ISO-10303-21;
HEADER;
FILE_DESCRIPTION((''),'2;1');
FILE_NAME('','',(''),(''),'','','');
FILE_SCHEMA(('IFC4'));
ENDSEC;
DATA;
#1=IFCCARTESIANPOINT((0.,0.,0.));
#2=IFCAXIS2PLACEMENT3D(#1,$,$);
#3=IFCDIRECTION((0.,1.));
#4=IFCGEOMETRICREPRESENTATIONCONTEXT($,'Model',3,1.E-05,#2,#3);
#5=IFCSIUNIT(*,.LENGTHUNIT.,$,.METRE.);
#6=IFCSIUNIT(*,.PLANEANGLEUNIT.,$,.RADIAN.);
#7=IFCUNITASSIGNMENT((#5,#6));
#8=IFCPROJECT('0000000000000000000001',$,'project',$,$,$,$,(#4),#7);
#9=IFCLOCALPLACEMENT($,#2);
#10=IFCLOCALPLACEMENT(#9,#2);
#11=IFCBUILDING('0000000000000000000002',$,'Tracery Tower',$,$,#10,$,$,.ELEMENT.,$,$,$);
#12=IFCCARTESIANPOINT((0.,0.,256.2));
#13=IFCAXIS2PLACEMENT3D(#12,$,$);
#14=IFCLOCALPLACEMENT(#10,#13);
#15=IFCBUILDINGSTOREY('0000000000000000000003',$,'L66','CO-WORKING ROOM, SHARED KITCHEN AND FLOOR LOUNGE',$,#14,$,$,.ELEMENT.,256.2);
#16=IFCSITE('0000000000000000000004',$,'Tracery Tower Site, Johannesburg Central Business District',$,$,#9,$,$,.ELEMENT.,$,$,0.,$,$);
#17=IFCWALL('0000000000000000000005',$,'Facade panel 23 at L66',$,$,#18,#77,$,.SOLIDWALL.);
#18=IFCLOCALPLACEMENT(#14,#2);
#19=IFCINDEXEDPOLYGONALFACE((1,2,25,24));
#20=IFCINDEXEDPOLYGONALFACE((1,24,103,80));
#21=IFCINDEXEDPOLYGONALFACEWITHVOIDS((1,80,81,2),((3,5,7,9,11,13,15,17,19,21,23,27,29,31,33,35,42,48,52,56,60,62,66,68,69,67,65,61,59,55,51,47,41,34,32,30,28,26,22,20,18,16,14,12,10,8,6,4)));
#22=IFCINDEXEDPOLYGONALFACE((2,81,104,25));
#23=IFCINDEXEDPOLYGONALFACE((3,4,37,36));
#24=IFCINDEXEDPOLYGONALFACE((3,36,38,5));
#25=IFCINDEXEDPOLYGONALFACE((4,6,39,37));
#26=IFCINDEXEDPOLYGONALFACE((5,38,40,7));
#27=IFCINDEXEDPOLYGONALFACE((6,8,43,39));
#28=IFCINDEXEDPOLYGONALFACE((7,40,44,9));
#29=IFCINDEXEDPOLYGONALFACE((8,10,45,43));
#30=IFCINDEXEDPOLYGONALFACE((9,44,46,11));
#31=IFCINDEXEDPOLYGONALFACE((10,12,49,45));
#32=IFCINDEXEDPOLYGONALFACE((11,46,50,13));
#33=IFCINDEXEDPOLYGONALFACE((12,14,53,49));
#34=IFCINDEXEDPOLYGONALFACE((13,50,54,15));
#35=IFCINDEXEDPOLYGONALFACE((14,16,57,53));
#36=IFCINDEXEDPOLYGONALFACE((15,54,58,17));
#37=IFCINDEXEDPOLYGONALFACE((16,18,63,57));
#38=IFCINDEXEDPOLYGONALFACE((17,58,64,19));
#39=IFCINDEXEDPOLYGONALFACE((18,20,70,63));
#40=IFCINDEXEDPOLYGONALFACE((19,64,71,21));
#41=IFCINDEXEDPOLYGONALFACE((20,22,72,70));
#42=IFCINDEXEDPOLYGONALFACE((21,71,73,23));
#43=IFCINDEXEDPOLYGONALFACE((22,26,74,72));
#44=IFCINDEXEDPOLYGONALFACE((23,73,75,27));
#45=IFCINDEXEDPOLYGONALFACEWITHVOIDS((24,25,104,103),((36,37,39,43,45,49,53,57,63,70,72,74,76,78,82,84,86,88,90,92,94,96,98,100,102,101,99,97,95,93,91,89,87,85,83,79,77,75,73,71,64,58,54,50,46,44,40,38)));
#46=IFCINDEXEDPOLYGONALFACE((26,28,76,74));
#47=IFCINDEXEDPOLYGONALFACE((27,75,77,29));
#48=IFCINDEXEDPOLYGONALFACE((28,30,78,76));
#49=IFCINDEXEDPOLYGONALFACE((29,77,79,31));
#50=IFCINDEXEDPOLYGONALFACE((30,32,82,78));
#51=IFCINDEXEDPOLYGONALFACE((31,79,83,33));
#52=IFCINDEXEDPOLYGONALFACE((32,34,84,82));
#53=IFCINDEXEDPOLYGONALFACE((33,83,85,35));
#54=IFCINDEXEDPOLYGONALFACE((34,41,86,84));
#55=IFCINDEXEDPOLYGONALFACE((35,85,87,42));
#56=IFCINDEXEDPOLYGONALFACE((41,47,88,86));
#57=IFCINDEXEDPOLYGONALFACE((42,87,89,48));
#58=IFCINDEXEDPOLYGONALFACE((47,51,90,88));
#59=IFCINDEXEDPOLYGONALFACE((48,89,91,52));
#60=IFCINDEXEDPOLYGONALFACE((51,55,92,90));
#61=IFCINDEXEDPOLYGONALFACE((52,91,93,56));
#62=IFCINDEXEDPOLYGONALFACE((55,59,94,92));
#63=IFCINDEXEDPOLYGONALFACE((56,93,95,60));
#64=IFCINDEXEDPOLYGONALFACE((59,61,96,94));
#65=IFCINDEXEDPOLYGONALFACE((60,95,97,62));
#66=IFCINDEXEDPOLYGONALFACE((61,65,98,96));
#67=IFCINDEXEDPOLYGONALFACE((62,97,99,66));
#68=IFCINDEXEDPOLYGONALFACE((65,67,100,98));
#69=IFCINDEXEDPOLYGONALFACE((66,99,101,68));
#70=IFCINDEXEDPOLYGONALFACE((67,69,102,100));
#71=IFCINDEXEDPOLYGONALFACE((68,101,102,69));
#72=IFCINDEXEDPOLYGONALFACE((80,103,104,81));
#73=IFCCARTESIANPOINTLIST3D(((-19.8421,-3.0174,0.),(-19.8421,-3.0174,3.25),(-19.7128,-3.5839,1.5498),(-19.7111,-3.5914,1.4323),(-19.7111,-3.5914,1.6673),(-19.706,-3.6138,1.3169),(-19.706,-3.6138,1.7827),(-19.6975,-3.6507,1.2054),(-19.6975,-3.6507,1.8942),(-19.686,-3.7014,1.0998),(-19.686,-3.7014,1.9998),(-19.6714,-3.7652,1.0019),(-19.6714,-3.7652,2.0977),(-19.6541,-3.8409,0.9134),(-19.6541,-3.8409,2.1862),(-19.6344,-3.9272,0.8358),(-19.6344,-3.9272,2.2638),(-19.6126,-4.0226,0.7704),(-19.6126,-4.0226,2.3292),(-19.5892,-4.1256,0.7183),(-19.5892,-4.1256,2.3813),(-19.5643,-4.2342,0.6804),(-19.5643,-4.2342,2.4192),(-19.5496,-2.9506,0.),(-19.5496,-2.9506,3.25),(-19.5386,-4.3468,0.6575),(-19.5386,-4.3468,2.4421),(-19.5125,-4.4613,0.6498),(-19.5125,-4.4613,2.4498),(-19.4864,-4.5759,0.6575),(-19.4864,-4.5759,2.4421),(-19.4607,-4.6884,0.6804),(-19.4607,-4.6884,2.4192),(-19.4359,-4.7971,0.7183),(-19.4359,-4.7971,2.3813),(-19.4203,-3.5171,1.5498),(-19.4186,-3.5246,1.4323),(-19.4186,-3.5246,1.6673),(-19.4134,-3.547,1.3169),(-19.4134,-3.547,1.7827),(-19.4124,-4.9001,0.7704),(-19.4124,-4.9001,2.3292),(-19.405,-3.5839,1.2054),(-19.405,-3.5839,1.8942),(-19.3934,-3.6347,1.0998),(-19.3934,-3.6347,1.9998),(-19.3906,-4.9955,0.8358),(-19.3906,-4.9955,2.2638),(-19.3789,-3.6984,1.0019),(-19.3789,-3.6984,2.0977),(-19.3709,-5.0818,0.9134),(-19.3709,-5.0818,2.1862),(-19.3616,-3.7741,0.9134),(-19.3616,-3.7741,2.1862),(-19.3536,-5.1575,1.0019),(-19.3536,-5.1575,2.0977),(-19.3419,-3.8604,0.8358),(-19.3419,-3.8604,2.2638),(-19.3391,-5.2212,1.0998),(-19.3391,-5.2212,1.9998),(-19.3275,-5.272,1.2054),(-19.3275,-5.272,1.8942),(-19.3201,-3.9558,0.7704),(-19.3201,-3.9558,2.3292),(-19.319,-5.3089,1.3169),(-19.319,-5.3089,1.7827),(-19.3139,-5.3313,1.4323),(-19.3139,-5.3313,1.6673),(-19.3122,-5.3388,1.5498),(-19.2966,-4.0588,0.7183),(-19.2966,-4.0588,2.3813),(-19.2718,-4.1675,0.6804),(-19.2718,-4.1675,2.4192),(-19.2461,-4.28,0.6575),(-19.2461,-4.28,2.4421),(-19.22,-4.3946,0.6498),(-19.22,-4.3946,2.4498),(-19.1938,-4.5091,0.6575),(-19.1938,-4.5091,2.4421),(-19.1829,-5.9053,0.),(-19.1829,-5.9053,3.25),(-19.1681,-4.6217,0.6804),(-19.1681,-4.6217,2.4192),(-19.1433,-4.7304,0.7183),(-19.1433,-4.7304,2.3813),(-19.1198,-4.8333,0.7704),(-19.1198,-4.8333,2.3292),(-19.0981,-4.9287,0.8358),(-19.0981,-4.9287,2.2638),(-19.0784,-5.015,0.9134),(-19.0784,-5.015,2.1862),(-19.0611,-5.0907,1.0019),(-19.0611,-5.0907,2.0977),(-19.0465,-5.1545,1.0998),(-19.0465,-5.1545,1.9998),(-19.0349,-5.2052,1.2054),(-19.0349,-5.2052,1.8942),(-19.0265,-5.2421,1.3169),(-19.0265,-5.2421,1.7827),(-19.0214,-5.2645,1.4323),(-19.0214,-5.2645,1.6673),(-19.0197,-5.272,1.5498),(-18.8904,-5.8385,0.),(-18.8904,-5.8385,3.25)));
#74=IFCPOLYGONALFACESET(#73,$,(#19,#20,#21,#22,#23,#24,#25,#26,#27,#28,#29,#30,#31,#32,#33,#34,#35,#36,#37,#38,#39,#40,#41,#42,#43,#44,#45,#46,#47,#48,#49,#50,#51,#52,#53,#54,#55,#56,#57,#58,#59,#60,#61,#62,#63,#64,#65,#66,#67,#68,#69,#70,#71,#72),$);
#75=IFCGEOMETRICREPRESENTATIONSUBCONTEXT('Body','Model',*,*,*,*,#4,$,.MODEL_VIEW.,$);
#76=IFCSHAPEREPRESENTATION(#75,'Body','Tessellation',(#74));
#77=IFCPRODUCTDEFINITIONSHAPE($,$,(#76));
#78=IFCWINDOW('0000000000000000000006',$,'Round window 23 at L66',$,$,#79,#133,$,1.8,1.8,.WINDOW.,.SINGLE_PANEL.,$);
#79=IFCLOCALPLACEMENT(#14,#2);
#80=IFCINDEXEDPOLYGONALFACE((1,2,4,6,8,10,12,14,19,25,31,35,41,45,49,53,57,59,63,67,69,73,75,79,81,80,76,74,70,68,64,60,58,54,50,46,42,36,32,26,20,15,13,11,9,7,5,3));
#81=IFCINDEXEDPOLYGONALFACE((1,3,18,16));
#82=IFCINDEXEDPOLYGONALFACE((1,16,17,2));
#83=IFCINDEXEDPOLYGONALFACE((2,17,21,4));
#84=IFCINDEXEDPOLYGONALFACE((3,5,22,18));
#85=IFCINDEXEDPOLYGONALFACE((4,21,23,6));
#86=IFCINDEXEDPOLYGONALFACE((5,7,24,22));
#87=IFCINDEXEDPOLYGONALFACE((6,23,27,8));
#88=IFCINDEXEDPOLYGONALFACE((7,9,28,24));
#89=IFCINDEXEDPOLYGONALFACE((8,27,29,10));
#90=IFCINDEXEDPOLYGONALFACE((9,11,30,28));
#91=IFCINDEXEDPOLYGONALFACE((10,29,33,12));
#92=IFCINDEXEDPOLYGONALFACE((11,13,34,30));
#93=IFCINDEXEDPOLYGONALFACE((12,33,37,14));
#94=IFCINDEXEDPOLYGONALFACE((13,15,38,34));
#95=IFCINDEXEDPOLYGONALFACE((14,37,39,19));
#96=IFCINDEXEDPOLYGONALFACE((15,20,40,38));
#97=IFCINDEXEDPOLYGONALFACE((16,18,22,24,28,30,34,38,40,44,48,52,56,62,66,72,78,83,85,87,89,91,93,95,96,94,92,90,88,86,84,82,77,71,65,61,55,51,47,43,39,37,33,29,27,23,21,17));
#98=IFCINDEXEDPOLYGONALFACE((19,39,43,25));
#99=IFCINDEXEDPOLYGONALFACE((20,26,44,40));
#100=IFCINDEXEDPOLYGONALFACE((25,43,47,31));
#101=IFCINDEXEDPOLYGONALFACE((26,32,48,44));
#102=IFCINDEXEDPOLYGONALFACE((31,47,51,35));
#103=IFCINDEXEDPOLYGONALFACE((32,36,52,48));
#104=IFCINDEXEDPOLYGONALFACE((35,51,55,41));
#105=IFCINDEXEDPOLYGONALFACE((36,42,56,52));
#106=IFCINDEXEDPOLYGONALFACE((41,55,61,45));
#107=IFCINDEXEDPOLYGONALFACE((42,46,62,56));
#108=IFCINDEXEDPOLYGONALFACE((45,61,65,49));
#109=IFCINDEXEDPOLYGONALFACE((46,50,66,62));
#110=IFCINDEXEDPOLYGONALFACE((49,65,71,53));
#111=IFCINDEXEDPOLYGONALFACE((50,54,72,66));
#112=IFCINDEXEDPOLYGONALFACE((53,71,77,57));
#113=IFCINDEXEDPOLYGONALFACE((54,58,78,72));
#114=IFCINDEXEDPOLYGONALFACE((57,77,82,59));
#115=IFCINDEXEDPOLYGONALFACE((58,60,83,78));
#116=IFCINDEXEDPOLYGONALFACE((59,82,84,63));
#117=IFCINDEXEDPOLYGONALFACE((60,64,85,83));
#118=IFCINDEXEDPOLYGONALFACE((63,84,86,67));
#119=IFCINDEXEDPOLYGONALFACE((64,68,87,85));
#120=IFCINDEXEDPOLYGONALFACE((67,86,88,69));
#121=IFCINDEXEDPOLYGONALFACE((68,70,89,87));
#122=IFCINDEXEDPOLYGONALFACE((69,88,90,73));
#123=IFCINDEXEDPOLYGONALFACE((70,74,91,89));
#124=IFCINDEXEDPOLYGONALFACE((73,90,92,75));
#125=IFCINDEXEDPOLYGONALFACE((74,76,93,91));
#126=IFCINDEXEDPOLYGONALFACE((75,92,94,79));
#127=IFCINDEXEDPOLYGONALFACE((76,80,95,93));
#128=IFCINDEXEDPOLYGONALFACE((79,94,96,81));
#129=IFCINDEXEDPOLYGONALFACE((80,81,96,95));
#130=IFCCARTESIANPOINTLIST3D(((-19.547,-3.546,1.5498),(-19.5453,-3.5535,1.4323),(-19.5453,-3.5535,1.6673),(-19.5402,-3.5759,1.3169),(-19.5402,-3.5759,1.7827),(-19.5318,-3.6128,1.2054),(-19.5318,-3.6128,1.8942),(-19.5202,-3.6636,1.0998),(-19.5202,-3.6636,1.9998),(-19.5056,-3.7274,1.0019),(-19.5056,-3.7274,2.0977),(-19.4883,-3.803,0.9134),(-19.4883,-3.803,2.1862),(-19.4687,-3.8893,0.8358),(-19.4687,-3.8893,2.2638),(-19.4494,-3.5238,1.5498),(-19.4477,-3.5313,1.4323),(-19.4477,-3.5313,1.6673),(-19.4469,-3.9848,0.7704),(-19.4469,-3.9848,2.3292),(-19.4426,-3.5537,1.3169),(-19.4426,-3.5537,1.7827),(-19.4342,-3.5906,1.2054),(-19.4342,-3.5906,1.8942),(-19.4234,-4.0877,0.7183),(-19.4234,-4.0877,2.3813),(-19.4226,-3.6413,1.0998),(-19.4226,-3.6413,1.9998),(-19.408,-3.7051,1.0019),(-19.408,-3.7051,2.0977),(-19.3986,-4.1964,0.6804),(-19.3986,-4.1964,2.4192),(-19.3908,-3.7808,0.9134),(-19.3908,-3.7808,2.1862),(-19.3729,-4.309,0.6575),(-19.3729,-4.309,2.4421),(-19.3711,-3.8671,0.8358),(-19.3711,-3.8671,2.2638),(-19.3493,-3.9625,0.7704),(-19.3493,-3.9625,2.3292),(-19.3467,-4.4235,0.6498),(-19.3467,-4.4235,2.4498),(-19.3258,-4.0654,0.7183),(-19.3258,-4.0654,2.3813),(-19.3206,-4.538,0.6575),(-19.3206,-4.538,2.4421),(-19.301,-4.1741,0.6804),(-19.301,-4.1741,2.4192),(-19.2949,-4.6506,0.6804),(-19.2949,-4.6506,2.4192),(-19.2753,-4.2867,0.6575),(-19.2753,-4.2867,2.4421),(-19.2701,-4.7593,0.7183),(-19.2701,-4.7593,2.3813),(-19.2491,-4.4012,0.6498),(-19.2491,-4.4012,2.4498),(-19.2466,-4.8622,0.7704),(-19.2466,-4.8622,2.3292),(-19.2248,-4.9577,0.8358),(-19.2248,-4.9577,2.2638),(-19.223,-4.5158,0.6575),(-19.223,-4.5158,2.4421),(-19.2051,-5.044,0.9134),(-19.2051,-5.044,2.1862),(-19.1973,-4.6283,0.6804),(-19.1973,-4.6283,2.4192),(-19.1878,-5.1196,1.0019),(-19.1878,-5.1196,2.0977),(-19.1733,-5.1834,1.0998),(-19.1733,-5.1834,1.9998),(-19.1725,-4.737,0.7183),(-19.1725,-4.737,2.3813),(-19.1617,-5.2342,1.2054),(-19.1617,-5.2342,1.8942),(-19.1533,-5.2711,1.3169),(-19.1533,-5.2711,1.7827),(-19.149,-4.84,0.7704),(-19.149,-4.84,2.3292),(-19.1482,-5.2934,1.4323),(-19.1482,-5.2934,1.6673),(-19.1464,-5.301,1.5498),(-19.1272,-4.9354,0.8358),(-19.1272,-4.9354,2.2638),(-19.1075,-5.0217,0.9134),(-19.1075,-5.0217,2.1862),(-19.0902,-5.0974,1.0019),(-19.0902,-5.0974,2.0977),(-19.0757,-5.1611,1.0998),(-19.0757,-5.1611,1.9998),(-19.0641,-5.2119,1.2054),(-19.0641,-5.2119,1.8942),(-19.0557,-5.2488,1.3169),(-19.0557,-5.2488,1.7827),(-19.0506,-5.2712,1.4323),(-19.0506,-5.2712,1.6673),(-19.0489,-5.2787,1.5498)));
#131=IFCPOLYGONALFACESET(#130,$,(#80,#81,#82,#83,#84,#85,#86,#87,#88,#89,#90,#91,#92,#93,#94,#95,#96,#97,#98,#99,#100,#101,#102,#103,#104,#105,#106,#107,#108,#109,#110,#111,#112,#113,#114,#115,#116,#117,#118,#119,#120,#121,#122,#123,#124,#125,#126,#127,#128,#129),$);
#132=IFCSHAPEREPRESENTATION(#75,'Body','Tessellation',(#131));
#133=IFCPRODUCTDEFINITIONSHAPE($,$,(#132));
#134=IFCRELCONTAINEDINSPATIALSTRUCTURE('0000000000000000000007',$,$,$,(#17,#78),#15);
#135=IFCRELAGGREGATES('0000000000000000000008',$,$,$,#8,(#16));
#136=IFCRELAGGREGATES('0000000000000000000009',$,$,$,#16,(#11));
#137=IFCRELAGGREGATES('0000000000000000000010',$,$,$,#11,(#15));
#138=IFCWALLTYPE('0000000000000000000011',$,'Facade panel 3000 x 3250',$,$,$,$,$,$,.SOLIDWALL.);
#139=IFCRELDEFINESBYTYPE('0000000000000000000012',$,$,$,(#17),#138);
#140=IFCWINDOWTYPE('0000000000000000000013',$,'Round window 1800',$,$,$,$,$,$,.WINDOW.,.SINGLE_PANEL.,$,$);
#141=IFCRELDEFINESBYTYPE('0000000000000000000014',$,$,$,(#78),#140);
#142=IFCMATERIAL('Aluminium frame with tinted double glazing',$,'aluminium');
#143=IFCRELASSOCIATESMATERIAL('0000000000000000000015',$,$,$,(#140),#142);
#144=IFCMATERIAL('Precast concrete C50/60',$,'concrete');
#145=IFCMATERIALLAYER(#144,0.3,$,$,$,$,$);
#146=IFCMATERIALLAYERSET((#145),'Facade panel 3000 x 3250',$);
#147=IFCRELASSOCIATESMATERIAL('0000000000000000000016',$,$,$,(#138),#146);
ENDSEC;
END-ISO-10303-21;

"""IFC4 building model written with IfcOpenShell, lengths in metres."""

from ifc_helpers import new_model, si_unit, direction, frame, frame_2d, origin, origin_2d, place, context, subcontext, project, spatial, rectangle, circle, extrude, material, layer, layer_set, type_object, element, fill, save


model = new_model("IFC4")

# Units and contexts
model_context = context("Model", 3, precision=1e-05, world=origin(), true_north=direction((0.0, 1.0)))
body_context = subcontext(model_context, "Body", "Model", "MODEL_VIEW")
ifc_project = project(units=[si_unit("LENGTHUNIT", "METRE"), si_unit("PLANEANGLEUNIT", "RADIAN")], contexts=[model_context])

# Site, building, storey
site_placement = place(None, origin())
site = spatial("IfcSite", under=ifc_project, at=site_placement, Name="Tracery Tower Site, Johannesburg Central Business District", CompositionType="ELEMENT", RefElevation=0.0)
building_placement = place(site_placement, origin())
building = spatial("IfcBuilding", under=site, at=building_placement, Name="Tracery Tower", CompositionType="ELEMENT")
storey_placement = place(building_placement, frame((0.0, 0.0, 256.2)))
storey = spatial("IfcBuildingStorey", under=building, at=storey_placement, Name="L66", Description="CO-WORKING ROOM, SHARED KITCHEN AND FLOOR LOUNGE", CompositionType="ELEMENT", Elevation=256.2)

# Wall, opening, window
ifc_material_1 = material(Name="Aluminium frame with tinted double glazing", Category="aluminium")
window_type = type_object("IfcWindowType", Name="Round window 1800", PartitioningType="SINGLE_PANEL", PredefinedType="WINDOW", material=ifc_material_1)
ifc_material_2 = material(Name="Precast concrete C50/60", Category="concrete")
ifc_layer_1 = layer(ifc_material_2, 0.3)
ifc_layer_set_1 = layer_set([ifc_layer_1], Name="Facade panel 3000 x 3250")
wall_type_1 = type_object("IfcWallType", Name="Facade panel 3000 x 3250", PredefinedType="SOLIDWALL", material=ifc_layer_set_1)
wall_1_placement = place(storey_placement, frame((-19.6958, -2.9841, 0.0), z_axis=(0.0, 0.0, 1.0), x_axis=(0.222529, -0.974926, 0.0)))
wall_1 = element("IfcWall", 1, at=wall_1_placement, inside=storey, type_object=wall_type_1, Name="Facade panel 23 at L66", PredefinedType="SOLIDWALL", context=body_context, shape_type="SweptSolid", body=[
    extrude(rectangle(XDim=2.9622, YDim=0.3, at=frame_2d((1.481, 0.0))), origin(), (0.0, 0.0, 1.0), 3.25),
])
opening_1_placement = place(wall_1_placement, frame((1.481, 0.0, 1.5498)))
opening_1 = element("IfcOpeningElement", 2, at=opening_1_placement, cuts=wall_1, PredefinedType="OPENING", context=body_context, shape_type="SweptSolid", body=[
    extrude(circle(Radius=0.9, at=origin_2d()), frame((0.0, 0.1599, 0.0), z_axis=(0.0, -1.0, 0.0), x_axis=(1.0, 0.0, 0.0)), (0.0, 0.0, 1.0), 0.3201),
])
window_1_placement = place(opening_1_placement, origin())
window_1 = element("IfcWindow", 3, at=window_1_placement, inside=storey, type_object=window_type, Name="Round window 23 at L66", OverallHeight=1.8, OverallWidth=1.8, PartitioningType="SINGLE_PANEL", PredefinedType="WINDOW", context=body_context, shape_type="SweptSolid", body=[
    extrude(circle(Radius=0.9, at=origin_2d()), frame((0.0, 0.1201, 0.0), z_axis=(0.0, -1.0, 0.0), x_axis=(1.0, 0.0, 0.0)), (0.0, 0.0, 1.0), 0.1001),
])
fill(opening_1, window_1)

save(model, "model.ifc")
